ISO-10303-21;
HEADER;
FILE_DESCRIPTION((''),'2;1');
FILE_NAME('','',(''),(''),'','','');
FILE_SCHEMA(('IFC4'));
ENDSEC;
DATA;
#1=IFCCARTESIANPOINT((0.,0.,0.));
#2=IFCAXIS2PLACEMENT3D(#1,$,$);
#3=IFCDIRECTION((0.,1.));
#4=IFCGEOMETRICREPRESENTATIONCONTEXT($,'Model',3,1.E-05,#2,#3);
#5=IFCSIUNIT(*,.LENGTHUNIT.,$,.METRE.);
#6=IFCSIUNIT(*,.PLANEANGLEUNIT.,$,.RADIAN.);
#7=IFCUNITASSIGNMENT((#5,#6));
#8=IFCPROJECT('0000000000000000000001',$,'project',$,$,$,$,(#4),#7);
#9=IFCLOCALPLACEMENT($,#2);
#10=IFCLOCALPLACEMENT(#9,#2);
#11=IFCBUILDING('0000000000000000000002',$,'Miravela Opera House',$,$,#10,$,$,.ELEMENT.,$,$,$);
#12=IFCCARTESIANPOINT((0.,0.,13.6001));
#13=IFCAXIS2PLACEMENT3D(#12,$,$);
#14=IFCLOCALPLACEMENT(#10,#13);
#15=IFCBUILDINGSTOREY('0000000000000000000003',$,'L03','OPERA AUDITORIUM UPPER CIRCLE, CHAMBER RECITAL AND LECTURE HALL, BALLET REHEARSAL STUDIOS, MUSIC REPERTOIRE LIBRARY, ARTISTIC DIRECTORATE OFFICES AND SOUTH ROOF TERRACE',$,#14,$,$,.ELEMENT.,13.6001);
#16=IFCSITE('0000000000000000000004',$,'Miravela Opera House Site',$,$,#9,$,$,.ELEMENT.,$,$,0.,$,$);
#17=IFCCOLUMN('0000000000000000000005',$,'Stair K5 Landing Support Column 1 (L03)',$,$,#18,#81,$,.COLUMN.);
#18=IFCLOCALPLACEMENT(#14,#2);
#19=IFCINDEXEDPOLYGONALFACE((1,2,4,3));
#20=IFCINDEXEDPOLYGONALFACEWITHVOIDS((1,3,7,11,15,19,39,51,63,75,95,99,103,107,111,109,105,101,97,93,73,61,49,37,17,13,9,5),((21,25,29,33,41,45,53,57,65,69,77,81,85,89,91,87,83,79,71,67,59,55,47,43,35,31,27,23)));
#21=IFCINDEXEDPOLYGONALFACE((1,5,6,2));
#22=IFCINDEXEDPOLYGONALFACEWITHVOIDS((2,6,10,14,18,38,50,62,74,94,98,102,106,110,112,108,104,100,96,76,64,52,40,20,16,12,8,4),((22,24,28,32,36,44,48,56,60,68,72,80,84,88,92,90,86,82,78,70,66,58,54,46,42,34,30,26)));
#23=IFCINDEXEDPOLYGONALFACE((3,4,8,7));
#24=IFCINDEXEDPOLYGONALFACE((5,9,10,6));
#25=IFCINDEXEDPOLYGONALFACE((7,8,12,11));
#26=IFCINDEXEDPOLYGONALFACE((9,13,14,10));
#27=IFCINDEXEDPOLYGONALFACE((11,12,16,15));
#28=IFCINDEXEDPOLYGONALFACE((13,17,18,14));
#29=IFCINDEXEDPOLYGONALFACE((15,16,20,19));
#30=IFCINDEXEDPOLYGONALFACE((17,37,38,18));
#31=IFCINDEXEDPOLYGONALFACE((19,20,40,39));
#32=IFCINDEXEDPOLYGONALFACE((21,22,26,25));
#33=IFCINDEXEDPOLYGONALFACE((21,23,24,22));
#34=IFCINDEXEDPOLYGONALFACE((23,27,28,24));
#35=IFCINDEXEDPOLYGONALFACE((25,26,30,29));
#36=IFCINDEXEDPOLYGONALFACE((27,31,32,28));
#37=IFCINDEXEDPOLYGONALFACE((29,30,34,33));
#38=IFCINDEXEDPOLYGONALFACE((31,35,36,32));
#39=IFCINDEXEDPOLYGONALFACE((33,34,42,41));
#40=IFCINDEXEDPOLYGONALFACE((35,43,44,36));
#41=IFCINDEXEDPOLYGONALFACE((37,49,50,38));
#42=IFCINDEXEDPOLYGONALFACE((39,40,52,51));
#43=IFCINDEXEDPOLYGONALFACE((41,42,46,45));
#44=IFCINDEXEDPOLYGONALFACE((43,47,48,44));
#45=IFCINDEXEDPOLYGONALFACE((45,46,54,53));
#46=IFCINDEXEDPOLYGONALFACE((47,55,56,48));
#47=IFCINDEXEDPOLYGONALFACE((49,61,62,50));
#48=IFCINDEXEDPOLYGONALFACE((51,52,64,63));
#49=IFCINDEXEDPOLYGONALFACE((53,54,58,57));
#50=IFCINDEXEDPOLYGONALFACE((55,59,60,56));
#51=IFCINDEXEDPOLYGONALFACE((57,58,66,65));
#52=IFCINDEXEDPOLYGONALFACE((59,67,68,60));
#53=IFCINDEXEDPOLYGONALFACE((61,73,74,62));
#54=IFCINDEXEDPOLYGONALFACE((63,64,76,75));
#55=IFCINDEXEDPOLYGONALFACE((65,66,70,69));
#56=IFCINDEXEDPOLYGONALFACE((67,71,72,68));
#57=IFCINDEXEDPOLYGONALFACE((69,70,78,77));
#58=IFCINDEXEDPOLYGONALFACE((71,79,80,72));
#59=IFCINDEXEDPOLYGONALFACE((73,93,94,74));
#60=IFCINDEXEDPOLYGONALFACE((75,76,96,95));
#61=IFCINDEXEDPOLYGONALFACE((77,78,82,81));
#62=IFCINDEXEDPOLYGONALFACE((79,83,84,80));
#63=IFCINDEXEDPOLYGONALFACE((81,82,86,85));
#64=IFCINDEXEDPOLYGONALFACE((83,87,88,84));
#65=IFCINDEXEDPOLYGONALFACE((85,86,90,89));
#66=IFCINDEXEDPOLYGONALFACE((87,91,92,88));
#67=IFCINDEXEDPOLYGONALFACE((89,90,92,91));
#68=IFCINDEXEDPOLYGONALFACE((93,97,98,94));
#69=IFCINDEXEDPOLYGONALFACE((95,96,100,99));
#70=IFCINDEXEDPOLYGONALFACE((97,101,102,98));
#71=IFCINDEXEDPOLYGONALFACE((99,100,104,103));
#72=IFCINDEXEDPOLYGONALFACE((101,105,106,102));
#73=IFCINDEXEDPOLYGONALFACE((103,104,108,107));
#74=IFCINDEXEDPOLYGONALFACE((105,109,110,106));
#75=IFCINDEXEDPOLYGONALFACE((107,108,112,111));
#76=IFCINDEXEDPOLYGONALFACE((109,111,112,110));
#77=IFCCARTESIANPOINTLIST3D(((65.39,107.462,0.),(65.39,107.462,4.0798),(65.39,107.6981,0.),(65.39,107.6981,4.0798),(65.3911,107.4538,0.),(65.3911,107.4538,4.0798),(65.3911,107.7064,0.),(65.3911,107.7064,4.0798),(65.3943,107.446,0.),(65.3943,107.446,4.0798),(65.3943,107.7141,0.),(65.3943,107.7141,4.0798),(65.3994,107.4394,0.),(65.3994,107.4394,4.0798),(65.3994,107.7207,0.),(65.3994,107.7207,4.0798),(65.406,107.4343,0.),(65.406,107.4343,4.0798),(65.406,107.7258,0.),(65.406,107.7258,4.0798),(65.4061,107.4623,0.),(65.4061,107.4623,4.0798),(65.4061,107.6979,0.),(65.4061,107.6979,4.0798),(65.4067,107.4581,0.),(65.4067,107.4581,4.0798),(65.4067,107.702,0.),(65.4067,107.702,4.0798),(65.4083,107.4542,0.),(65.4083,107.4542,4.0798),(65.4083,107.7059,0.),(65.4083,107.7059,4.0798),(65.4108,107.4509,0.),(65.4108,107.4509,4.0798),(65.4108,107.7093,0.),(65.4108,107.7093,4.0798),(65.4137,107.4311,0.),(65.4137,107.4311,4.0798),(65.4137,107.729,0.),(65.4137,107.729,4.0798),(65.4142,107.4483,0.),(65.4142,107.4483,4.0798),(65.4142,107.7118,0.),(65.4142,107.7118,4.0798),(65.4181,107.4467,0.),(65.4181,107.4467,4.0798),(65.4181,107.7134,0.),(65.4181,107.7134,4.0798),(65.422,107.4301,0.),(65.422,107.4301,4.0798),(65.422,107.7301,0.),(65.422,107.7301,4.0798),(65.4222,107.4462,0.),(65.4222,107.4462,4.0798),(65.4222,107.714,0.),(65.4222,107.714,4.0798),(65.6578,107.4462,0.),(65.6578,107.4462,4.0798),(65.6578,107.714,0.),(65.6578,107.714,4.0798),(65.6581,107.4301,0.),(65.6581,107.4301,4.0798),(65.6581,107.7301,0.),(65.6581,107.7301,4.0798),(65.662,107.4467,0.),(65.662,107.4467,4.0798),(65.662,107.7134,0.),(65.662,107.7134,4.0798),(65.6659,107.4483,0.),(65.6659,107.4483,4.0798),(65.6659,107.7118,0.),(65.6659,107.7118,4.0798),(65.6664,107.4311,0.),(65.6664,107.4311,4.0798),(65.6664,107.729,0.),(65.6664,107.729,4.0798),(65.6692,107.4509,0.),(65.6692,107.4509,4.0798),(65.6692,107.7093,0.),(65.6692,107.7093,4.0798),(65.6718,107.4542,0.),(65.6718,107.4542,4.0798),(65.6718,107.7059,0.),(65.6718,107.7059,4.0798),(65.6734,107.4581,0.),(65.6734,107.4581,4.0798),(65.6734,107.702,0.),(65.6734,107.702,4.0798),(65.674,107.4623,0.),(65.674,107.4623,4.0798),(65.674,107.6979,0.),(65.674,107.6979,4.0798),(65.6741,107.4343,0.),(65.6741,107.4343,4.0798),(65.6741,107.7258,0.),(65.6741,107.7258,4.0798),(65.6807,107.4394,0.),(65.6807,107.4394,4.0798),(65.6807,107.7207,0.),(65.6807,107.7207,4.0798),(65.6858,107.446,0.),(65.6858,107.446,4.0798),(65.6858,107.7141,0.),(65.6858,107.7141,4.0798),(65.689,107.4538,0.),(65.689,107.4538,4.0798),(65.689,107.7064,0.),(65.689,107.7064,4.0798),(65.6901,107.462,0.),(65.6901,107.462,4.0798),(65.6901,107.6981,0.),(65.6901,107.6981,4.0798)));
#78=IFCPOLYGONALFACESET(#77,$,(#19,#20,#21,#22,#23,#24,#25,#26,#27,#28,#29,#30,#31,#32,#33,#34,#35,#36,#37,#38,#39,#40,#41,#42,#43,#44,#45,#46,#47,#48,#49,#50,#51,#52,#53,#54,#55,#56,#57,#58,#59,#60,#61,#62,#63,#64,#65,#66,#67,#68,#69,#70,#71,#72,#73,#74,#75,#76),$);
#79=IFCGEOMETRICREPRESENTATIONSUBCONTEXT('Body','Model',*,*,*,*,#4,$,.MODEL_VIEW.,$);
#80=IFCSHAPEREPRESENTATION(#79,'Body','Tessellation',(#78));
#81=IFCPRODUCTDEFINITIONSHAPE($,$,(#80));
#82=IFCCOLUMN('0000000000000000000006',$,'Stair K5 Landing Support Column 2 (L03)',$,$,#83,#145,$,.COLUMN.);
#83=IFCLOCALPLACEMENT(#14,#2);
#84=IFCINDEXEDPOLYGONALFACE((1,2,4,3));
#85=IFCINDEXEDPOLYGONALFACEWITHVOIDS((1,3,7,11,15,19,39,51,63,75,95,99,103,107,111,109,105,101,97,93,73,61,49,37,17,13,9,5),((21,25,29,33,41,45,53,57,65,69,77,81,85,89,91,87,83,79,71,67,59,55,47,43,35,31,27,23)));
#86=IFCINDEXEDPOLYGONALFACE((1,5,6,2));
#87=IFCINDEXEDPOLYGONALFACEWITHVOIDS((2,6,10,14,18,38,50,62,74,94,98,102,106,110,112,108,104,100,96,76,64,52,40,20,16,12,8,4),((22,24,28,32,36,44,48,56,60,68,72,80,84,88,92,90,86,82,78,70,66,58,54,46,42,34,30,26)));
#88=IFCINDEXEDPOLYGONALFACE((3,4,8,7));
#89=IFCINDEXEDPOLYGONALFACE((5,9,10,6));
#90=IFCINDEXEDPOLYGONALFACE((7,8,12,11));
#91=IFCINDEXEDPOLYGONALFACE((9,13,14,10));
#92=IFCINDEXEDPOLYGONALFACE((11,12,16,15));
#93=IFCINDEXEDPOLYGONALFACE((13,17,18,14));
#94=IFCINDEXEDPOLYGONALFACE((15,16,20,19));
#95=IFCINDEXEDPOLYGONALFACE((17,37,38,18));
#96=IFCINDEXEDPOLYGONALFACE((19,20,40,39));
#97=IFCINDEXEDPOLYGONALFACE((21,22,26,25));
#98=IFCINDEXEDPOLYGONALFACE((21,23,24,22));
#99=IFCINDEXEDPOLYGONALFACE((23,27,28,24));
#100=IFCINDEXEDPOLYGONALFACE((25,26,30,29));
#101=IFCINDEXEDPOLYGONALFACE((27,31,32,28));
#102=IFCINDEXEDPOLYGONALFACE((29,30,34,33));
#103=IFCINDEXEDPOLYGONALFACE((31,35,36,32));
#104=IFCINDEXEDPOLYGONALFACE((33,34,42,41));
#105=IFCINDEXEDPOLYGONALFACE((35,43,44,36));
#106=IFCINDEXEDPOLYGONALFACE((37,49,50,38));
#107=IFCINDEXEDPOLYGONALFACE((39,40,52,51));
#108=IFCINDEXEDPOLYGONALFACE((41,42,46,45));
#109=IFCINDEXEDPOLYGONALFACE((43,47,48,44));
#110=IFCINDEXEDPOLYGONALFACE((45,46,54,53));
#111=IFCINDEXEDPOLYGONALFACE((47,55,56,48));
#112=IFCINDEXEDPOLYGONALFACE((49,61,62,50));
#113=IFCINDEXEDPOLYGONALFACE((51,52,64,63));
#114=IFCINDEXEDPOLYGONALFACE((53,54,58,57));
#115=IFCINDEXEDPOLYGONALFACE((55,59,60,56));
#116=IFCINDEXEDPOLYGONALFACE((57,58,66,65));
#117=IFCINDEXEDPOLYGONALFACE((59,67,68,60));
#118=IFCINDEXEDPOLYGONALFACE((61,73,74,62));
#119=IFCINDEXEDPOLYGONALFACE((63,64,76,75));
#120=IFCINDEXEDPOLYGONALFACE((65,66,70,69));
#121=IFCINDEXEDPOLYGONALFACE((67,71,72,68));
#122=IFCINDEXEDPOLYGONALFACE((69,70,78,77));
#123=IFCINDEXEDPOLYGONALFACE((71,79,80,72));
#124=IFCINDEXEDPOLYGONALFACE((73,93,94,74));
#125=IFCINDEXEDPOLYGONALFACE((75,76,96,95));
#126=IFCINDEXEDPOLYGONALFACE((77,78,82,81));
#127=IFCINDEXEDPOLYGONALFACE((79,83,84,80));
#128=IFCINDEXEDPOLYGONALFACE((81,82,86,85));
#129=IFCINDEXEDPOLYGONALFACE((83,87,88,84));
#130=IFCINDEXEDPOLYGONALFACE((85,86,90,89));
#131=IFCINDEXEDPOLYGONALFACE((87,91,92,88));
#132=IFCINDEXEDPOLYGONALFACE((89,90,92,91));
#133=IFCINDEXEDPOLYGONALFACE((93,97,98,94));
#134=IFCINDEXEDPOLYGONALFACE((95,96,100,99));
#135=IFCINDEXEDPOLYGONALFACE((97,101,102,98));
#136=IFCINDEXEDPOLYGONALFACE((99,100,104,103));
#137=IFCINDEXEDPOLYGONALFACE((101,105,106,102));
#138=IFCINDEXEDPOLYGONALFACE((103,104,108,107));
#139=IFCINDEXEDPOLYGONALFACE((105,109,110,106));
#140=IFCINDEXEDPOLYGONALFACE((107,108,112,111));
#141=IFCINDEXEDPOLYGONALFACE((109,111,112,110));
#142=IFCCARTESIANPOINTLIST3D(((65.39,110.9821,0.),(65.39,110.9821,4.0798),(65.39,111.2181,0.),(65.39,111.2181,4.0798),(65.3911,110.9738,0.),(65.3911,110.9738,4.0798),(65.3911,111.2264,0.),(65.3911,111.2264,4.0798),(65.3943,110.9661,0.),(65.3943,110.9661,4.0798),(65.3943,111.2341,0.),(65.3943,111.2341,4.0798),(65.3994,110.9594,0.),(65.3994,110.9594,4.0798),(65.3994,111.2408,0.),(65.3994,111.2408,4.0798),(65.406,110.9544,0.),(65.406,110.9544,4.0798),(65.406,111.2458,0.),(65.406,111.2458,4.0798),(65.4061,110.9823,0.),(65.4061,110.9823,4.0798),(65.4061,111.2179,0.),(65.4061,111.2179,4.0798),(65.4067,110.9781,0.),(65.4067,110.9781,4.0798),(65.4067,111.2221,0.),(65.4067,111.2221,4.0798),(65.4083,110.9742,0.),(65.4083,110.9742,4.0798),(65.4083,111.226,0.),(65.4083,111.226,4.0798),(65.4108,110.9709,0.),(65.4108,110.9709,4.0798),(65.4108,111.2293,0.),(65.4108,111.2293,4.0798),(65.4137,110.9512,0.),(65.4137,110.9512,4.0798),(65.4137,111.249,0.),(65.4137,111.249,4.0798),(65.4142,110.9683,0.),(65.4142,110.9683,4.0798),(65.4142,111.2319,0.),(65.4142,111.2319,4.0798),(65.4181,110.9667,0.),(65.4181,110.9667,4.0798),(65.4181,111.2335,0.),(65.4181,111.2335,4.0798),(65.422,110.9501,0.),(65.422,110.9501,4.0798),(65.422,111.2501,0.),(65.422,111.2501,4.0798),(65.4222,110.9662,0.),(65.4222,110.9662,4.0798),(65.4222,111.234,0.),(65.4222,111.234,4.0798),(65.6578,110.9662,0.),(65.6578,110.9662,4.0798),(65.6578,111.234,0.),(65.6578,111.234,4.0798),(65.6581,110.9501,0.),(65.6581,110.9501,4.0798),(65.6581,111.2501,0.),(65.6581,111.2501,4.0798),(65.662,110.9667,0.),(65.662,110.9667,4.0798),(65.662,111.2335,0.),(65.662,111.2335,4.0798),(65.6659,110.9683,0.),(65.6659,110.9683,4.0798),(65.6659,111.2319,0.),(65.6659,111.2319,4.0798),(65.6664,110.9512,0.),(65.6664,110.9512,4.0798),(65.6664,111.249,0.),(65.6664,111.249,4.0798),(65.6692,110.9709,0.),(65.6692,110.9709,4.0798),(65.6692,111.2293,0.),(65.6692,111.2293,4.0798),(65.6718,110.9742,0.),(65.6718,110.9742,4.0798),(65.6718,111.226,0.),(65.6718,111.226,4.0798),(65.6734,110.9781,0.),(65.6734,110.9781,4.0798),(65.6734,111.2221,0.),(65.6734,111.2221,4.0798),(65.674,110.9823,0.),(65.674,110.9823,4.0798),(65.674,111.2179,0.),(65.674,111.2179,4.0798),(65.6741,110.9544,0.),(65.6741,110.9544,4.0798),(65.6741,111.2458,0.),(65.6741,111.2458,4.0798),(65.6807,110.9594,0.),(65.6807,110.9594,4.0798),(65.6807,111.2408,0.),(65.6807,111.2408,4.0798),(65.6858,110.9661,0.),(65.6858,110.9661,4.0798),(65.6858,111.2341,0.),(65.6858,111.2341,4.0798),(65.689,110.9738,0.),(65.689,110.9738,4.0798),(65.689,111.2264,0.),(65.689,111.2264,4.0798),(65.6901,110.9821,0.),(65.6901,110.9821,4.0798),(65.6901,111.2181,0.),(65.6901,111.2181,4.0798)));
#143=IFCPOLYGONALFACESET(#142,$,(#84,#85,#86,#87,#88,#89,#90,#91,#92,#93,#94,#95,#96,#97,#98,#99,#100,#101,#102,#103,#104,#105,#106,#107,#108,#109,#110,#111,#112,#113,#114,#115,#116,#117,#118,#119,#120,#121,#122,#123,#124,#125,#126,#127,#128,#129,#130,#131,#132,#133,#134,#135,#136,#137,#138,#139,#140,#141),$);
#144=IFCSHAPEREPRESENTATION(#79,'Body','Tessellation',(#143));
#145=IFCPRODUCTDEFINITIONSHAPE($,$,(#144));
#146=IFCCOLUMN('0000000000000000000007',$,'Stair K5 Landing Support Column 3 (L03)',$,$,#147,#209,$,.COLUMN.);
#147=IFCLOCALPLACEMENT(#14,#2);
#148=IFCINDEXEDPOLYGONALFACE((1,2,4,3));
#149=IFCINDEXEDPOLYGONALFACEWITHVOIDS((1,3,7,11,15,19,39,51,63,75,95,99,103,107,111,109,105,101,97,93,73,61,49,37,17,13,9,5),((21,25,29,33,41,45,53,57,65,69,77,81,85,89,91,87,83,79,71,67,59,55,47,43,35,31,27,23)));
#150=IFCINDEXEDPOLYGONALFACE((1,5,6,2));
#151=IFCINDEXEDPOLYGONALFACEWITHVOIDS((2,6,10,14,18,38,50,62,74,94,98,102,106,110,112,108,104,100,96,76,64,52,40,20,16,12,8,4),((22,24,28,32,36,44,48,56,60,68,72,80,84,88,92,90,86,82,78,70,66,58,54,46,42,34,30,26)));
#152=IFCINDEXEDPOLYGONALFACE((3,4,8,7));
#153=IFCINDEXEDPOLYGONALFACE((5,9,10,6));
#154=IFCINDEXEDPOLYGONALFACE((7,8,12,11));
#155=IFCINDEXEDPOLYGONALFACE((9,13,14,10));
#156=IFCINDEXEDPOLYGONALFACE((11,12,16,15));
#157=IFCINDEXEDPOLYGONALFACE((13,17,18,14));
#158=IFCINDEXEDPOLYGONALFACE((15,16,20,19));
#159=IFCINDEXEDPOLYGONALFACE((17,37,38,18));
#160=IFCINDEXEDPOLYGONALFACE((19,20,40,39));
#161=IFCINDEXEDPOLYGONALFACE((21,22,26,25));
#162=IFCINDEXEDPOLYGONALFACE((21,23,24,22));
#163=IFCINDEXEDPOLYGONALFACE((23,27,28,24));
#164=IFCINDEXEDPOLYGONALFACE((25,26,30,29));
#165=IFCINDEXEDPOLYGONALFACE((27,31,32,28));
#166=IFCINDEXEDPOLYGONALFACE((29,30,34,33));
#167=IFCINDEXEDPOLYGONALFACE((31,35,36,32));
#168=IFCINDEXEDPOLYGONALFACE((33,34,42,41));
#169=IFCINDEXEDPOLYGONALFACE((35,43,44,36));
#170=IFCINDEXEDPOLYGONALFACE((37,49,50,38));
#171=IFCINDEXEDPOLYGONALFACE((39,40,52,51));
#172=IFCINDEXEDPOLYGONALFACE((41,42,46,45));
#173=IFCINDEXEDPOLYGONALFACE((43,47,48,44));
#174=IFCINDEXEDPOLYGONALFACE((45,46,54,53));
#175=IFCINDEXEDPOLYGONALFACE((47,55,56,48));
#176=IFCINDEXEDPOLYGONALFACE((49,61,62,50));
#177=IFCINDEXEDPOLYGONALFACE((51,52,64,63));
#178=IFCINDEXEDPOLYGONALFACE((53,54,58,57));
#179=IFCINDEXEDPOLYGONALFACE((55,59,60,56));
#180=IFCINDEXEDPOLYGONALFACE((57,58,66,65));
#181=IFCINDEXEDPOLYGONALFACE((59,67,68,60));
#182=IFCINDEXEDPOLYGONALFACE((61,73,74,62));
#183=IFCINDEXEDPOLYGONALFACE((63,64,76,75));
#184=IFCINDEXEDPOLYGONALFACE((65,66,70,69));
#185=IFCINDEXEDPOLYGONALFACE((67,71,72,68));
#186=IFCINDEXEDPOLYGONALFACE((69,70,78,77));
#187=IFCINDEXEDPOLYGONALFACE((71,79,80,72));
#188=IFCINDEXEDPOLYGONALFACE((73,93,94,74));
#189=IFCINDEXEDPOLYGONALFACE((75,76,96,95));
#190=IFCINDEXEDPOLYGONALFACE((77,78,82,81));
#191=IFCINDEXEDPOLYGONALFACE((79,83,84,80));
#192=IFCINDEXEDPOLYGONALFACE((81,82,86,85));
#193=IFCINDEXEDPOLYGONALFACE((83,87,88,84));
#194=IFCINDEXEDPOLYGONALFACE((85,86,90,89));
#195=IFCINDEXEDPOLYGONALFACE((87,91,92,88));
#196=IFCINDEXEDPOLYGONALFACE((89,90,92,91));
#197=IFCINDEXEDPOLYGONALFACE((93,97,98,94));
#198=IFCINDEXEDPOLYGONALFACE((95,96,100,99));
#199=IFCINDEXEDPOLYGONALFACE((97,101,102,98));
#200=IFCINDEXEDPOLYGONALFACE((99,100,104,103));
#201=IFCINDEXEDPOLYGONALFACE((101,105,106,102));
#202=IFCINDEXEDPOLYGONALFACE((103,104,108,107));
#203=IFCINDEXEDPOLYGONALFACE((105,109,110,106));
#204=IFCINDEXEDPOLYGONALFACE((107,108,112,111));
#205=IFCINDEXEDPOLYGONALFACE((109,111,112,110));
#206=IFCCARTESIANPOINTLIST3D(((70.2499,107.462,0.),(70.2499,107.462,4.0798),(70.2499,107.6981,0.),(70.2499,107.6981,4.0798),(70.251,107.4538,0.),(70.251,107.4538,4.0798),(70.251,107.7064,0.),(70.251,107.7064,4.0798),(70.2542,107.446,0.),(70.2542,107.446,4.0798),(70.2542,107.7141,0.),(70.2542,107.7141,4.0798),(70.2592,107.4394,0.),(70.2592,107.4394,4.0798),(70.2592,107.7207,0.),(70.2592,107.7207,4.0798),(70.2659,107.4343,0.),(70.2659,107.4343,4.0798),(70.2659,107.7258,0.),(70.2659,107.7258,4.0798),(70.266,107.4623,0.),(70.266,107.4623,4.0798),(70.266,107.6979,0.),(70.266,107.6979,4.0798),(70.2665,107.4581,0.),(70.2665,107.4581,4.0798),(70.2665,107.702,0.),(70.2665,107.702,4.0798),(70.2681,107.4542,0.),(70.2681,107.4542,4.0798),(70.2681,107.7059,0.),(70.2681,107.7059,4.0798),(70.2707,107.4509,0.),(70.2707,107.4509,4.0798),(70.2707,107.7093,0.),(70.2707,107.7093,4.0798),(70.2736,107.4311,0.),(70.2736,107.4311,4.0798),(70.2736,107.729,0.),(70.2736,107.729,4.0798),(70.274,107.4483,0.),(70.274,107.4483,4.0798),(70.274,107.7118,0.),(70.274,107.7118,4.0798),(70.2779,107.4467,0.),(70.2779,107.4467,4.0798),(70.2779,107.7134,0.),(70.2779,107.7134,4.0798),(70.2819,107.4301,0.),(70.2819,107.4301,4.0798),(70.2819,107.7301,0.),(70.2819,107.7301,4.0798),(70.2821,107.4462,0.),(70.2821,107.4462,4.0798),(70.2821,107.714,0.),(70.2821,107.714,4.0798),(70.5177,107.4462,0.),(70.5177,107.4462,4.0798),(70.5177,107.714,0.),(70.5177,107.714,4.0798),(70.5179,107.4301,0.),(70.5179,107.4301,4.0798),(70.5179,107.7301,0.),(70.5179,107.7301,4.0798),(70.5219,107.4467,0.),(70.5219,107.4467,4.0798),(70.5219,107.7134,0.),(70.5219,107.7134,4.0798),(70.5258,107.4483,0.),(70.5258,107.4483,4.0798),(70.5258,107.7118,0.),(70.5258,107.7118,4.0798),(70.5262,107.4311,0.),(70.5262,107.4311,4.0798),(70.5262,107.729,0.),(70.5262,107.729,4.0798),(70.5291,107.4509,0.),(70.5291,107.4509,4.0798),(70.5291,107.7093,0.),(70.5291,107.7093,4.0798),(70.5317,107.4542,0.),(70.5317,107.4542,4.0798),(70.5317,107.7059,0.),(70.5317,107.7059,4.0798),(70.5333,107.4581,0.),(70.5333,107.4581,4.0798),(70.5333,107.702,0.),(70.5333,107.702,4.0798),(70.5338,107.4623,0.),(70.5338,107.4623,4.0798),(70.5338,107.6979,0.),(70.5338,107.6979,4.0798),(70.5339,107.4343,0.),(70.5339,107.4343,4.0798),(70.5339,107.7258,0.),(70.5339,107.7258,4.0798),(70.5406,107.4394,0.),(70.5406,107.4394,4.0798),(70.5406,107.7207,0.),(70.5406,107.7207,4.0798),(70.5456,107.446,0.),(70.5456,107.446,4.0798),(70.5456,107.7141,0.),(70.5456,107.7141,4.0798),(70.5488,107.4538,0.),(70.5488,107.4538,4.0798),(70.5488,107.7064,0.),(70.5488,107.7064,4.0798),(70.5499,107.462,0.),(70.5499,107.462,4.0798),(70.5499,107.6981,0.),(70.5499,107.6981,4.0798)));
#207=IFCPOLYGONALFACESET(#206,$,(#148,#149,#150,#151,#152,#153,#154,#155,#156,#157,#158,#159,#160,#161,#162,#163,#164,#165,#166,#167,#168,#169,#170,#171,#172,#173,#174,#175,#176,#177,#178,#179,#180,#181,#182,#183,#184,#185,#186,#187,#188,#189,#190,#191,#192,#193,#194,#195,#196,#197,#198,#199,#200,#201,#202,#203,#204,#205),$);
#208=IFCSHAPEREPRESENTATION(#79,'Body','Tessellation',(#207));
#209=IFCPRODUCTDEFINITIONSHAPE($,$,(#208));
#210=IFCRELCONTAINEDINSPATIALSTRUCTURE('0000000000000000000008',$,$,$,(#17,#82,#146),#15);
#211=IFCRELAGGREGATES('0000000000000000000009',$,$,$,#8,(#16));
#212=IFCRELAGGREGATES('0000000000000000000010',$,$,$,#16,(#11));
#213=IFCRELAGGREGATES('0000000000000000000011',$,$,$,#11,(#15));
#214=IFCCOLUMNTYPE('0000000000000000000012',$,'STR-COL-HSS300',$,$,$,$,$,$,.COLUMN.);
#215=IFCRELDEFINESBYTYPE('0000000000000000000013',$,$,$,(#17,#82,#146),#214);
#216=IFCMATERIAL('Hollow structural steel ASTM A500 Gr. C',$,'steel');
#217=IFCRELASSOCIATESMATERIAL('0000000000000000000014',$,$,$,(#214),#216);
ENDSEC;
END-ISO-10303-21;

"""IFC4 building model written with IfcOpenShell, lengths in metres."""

from ifc_helpers import new_model, si_unit, direction, frame, origin, origin_2d, place, context, subcontext, project, spatial, hollow_rectangle, extrude, material, material_profile, profile_set, type_object, element, save


model = new_model("IFC4")

# Units and contexts
model_context = context("Model", 3, precision=1e-05, world=origin(), true_north=direction((0.0, 1.0)))
body_context = subcontext(model_context, "Body", "Model", "MODEL_VIEW")
ifc_project = project(units=[si_unit("LENGTHUNIT", "METRE"), si_unit("PLANEANGLEUNIT", "RADIAN")], contexts=[model_context])

# Site, building, storey
site_placement = place(None, origin())
site = spatial("IfcSite", under=ifc_project, at=site_placement, Name="Miravela Opera House Site", CompositionType="ELEMENT", RefElevation=0.0)
building_placement = place(site_placement, origin())
building = spatial("IfcBuilding", under=site, at=building_placement, Name="Miravela Opera House", CompositionType="ELEMENT")
storey_placement = place(building_placement, frame((0.0, 0.0, 13.6001)))
storey = spatial("IfcBuildingStorey", under=building, at=storey_placement, Name="L03", Description="OPERA AUDITORIUM UPPER CIRCLE, CHAMBER RECITAL AND LECTURE HALL, BALLET REHEARSAL STUDIOS, MUSIC REPERTOIRE LIBRARY, ARTISTIC DIRECTORATE OFFICES AND SOUTH ROOF TERRACE", CompositionType="ELEMENT", Elevation=13.6001)

# Columns
ifc_material_1 = material(Name="Hollow structural steel ASTM A500 Gr. C", Category="steel")
ifc_material_profile_1 = material_profile(ifc_material_1, hollow_rectangle(XDim=0.3, YDim=0.3, WallThickness=0.0161, InnerFilletRadius=0.0161, OuterFilletRadius=0.032, at=origin_2d()), Name="HSS300X300X16")
ifc_profile_set_1 = profile_set([ifc_material_profile_1])
column_type = type_object("IfcColumnType", Name="STR-COL-HSS300", PredefinedType="COLUMN", material=ifc_profile_set_1)
for number, where, z_axis, x_axis, name in (
    (1, (65.54, 107.5801, 0.0), (0.0, 0.0, 1.0), (1.0, 0.0, 0.0), "Stair K5 Landing Support Column 1 (L03)"),
    (2, (65.54, 111.1001, 0.0), (0.0, 0.0, 1.0), (1.0, 0.0, 0.0), "Stair K5 Landing Support Column 2 (L03)"),
    (3, (70.3999, 107.5801, 0.0), (0.0, 0.0, 1.0), (1.0, 0.0, 0.0), "Stair K5 Landing Support Column 3 (L03)"),
):
    element("IfcColumn", number, at=place(storey_placement, frame(where, z_axis=z_axis, x_axis=x_axis)), inside=storey, type_object=column_type, Name=name, PredefinedType="COLUMN", context=body_context, shape_type="SweptSolid", body=[
        extrude(hollow_rectangle(XDim=0.3, YDim=0.3, WallThickness=0.0161, InnerFilletRadius=0.0161, OuterFilletRadius=0.032, at=origin_2d()), origin(), (0.0, 0.0, 1.0), 4.0798),
    ])

save(model, "model.ifc")
